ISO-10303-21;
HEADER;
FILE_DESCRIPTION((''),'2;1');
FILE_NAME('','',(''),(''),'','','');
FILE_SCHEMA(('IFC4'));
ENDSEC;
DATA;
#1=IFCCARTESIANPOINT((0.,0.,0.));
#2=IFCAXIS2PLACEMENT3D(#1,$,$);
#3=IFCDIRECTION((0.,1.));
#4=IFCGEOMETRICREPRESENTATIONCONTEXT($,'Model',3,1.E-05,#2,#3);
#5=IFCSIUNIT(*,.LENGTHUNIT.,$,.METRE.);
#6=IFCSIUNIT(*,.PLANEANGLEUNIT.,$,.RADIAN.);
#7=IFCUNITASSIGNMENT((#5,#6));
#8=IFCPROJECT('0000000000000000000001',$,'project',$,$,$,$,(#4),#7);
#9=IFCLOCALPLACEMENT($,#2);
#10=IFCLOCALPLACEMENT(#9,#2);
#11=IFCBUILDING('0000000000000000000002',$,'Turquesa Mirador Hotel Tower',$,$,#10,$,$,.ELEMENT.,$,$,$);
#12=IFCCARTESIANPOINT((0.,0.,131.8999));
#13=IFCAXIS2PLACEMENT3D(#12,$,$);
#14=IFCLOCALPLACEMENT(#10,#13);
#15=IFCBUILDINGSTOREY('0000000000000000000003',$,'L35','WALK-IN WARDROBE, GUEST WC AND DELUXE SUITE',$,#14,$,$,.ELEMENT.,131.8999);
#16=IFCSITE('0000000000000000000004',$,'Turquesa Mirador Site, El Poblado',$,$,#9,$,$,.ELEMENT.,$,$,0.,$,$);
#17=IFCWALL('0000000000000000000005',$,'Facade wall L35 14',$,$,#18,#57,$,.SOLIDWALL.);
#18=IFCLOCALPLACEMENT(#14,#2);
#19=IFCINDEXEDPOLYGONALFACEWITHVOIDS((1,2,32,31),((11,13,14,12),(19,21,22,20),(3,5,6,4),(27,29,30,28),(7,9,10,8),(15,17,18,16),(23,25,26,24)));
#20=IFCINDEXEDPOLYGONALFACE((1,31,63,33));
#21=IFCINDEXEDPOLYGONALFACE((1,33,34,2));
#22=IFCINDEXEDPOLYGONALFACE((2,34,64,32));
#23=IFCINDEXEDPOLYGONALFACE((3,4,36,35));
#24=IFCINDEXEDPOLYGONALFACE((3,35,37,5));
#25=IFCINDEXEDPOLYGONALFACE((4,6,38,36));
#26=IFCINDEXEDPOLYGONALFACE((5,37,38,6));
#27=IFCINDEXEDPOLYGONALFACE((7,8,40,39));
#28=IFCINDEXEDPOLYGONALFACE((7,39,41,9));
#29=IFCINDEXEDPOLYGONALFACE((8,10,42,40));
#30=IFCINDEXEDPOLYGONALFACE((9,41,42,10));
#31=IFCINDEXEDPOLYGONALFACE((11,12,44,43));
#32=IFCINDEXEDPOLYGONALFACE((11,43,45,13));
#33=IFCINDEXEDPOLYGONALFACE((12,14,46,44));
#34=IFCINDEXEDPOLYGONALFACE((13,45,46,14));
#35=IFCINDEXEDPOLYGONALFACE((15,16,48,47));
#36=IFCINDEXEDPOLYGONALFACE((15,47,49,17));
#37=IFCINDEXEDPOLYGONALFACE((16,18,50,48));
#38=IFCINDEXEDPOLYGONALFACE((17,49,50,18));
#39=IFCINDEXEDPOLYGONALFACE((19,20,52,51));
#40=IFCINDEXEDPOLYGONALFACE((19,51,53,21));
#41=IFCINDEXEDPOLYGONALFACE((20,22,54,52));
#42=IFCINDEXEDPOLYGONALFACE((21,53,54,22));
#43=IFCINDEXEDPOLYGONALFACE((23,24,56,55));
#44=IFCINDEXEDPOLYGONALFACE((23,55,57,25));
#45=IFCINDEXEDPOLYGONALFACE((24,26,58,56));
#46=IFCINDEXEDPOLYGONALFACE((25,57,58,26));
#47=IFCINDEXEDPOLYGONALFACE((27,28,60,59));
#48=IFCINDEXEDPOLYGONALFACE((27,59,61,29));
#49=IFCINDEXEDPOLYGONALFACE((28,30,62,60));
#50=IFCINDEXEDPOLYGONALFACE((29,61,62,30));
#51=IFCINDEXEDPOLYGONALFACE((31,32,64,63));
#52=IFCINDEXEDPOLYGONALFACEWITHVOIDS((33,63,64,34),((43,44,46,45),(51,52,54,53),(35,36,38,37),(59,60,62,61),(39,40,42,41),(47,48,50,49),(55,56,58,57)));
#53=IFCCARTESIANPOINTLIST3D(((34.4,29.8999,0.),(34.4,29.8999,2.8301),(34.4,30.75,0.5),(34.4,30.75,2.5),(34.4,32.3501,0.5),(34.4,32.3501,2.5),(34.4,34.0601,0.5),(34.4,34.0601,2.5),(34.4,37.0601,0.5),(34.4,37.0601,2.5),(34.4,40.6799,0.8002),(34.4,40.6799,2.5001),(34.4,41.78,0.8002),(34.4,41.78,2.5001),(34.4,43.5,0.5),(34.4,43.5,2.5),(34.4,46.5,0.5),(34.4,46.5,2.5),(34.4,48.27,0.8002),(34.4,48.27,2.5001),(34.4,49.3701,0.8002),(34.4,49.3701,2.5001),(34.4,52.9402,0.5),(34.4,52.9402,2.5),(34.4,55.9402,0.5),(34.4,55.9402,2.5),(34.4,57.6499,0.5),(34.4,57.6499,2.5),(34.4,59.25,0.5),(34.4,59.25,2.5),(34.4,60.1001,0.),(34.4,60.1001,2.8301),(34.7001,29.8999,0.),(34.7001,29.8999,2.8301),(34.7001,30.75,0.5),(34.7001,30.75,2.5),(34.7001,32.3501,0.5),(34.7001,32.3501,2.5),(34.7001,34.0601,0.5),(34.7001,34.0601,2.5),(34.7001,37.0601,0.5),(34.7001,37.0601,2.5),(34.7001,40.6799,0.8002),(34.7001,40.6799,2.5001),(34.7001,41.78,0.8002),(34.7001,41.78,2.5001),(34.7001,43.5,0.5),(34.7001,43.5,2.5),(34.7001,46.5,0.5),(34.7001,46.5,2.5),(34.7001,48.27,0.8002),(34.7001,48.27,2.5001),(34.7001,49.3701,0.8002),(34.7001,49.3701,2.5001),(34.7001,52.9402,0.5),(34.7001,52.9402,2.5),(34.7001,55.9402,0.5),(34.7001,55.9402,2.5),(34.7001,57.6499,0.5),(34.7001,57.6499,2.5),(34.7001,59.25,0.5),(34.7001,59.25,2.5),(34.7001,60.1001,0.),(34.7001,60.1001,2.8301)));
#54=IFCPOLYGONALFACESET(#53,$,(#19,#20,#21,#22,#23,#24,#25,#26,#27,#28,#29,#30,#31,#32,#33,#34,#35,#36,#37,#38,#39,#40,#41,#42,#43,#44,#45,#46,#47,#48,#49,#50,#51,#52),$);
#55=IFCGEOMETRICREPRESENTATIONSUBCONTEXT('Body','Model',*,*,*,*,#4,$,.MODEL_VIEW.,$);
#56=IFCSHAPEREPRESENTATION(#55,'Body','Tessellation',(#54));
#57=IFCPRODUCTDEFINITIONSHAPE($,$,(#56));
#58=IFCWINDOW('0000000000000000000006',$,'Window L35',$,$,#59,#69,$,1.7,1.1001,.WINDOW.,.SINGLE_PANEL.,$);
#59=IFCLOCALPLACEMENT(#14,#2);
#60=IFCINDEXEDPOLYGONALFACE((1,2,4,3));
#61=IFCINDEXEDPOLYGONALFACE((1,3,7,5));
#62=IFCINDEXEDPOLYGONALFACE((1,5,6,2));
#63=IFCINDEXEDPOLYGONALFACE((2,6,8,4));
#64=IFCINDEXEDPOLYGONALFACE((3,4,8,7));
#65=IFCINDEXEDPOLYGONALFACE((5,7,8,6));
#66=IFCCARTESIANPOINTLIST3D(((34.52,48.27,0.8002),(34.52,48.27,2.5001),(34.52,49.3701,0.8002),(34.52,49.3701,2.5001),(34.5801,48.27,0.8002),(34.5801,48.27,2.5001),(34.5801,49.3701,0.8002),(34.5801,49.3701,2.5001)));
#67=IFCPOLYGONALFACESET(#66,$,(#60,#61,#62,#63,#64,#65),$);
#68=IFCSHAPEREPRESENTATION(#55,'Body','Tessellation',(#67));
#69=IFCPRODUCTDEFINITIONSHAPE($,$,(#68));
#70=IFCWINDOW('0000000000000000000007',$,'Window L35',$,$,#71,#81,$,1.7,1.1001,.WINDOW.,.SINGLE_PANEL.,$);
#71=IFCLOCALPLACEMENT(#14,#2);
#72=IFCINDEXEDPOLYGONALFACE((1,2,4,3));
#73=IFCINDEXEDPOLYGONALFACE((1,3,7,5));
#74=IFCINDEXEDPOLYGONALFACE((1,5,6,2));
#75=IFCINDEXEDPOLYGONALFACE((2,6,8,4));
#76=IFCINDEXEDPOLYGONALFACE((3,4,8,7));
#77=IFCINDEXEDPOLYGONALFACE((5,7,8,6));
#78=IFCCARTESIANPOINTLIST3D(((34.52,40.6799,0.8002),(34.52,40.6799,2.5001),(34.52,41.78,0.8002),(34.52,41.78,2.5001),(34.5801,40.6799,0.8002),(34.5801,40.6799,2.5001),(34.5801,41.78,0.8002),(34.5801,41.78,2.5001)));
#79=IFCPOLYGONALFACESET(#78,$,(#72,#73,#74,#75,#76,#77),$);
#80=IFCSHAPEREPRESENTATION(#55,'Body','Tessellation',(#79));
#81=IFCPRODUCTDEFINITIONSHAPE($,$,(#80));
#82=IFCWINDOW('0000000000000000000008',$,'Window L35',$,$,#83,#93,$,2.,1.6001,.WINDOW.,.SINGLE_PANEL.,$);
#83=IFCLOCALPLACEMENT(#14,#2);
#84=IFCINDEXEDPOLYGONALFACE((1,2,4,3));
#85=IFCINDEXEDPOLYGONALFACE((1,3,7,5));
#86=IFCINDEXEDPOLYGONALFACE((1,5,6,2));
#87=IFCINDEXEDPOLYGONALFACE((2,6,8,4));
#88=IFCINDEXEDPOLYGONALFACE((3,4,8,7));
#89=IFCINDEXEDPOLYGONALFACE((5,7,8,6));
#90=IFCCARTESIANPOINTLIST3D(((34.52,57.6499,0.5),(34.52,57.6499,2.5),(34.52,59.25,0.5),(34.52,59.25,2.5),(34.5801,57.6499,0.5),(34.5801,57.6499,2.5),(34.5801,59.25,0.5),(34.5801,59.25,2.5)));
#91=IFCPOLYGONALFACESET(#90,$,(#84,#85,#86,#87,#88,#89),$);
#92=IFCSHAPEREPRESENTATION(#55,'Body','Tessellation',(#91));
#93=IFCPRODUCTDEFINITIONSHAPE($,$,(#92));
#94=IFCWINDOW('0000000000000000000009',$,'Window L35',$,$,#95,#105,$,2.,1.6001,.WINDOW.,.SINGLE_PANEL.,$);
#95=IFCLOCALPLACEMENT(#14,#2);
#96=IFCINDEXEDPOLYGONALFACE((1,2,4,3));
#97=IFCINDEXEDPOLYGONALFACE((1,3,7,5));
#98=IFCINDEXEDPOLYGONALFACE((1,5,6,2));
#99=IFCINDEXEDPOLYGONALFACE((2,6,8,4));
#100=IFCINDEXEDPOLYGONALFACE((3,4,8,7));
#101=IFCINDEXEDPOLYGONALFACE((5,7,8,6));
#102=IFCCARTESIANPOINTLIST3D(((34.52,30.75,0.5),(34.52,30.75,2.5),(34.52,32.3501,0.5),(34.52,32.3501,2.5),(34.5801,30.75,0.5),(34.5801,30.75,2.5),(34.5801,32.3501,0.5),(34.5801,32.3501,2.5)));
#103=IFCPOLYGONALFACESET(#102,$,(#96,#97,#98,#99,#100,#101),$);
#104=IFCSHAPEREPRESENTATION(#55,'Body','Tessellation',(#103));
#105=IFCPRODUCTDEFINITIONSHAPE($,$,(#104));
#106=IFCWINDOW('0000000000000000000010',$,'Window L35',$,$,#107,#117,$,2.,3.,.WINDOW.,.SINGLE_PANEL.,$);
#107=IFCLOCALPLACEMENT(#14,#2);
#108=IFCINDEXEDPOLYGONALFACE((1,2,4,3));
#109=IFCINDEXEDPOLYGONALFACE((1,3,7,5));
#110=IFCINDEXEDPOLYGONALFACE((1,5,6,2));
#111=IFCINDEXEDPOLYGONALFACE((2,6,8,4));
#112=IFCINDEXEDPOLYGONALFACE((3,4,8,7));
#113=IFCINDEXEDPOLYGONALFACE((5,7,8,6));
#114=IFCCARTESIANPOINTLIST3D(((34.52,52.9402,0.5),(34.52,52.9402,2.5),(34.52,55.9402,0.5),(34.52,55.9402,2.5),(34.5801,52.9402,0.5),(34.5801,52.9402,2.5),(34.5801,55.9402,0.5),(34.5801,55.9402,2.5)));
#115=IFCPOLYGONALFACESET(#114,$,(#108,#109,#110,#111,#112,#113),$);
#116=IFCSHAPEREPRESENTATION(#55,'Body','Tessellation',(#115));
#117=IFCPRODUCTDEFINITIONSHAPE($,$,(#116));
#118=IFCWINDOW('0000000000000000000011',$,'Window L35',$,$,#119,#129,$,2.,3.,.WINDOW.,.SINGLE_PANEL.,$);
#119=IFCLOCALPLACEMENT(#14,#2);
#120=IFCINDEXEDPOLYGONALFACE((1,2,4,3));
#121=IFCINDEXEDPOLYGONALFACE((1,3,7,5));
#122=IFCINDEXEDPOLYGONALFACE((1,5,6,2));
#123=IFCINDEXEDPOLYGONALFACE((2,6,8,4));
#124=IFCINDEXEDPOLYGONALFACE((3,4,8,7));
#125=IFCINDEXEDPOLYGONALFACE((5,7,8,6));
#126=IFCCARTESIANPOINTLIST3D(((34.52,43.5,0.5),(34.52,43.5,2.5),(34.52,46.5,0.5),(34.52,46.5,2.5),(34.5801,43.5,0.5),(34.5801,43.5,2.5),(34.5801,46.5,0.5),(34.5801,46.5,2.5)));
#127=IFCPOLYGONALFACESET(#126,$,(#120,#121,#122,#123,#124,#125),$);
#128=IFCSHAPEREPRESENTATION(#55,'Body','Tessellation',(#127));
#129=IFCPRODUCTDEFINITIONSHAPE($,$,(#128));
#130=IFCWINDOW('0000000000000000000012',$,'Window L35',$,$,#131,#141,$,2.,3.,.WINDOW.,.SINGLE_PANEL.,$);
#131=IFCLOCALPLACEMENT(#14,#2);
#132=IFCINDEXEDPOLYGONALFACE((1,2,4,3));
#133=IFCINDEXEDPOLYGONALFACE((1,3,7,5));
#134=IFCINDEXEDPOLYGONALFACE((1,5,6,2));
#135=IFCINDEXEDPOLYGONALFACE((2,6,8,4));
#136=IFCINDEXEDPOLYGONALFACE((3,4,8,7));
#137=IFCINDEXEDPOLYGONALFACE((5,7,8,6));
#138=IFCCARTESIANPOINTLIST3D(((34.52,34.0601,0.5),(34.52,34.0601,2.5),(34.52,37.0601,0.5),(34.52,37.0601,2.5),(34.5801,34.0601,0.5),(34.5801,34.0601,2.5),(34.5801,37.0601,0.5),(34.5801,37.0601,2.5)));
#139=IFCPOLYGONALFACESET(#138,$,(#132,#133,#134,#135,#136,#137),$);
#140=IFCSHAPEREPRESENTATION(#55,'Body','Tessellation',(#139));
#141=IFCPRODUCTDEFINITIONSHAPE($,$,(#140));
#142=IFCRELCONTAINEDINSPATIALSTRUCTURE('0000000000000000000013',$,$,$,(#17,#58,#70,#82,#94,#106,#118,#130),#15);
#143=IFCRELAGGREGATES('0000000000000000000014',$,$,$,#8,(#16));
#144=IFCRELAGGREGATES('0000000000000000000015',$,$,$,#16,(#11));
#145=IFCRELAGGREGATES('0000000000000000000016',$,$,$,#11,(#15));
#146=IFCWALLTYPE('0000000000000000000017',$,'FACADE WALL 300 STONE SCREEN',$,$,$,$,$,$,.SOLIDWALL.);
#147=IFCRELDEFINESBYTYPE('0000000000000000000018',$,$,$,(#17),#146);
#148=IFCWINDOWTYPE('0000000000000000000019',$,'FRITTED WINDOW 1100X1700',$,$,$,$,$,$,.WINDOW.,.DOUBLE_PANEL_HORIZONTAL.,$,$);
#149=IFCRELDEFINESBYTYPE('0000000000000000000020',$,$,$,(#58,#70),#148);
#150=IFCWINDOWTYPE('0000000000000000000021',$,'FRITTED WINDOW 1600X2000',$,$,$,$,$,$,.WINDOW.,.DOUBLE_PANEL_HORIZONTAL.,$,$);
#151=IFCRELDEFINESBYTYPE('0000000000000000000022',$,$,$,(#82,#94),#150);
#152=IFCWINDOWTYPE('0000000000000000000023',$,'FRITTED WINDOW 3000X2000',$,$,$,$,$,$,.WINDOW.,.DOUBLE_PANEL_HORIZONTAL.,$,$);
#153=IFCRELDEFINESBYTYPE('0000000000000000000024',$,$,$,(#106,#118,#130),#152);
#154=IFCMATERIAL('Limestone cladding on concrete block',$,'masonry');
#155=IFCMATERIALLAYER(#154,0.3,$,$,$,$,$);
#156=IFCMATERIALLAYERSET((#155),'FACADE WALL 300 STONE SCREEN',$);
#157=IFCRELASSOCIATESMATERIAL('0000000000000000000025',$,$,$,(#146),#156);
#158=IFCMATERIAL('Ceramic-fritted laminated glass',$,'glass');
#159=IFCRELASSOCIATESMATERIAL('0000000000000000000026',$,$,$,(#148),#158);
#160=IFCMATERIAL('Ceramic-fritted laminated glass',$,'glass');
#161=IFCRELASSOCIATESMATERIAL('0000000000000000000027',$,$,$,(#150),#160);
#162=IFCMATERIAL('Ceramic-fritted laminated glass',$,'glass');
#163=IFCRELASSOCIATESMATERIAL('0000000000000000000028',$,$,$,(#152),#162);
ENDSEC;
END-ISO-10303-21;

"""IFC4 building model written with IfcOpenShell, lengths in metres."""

from ifc_helpers import new_model, si_unit, direction, frame, frame_2d, origin, place, context, subcontext, project, spatial, rectangle, extrude, material, layer, layer_set, type_object, element, fill, save


model = new_model("IFC4")

# Units and contexts
model_context = context("Model", 3, precision=1e-05, world=origin(), true_north=direction((0.0, 1.0)))
body_context = subcontext(model_context, "Body", "Model", "MODEL_VIEW")
ifc_project = project(units=[si_unit("LENGTHUNIT", "METRE"), si_unit("PLANEANGLEUNIT", "RADIAN")], contexts=[model_context])

# Site, building, storey
site_placement = place(None, origin())
site = spatial("IfcSite", under=ifc_project, at=site_placement, Name="Turquesa Mirador Site, El Poblado", CompositionType="ELEMENT", RefElevation=0.0)
building_placement = place(site_placement, origin())
building = spatial("IfcBuilding", under=site, at=building_placement, Name="Turquesa Mirador Hotel Tower", CompositionType="ELEMENT")
storey_placement = place(building_placement, frame((0.0, 0.0, 131.8999)))
storey = spatial("IfcBuildingStorey", under=building, at=storey_placement, Name="L35", Description="WALK-IN WARDROBE, GUEST WC AND DELUXE SUITE", CompositionType="ELEMENT", Elevation=131.8999)

# Shared definitions
ifc_material_1 = material(Name="Limestone cladding on concrete block", Category="masonry")
ifc_layer = layer(ifc_material_1, 0.3)
ifc_layer_set = layer_set([ifc_layer], Name="FACADE WALL 300 STONE SCREEN")
wall_type = type_object("IfcWallType", Name="FACADE WALL 300 STONE SCREEN", PredefinedType="SOLIDWALL", material=ifc_layer_set)

# Wall, openings, windows
wall_1_placement = place(storey_placement, frame((34.55, 60.1001, 0.0), z_axis=(0.0, 0.0, 1.0), x_axis=(0.0, -1.0, 0.0)))
wall_1 = element("IfcWall", 1, at=wall_1_placement, inside=storey, type_object=wall_type, Name="Facade wall L35 14", PredefinedType="SOLIDWALL", context=body_context, shape_type="SweptSolid", body=[
    extrude(rectangle(XDim=30.2002, YDim=0.3, at=frame_2d((15.1001, 0.0))), origin(), (0.0, 0.0, 1.0), 2.8301),
])
opening_1_placement = place(wall_1_placement, frame((0.8501, 0.0, 0.5)))
opening_1 = element("IfcOpeningElement", 2, at=opening_1_placement, cuts=wall_1, PredefinedType="OPENING", context=body_context, shape_type="SweptSolid", body=[
    extrude(rectangle(XDim=1.6001, YDim=2.0, at=frame_2d((0.8, 1.0))), frame((0.0, 0.1599, 0.0), z_axis=(0.0, -1.0, 0.0), x_axis=(1.0, 0.0, 0.0)), (0.0, 0.0, 1.0), 0.3201),
])
opening_2_placement = place(wall_1_placement, frame((4.1599, 0.0, 0.5)))
opening_2 = element("IfcOpeningElement", 3, at=opening_2_placement, cuts=wall_1, PredefinedType="OPENING", context=body_context, shape_type="SweptSolid", body=[
    extrude(rectangle(XDim=3.0, YDim=2.0, at=frame_2d((1.5, 1.0))), frame((0.0, 0.1599, 0.0), z_axis=(0.0, -1.0, 0.0), x_axis=(1.0, 0.0, 0.0)), (0.0, 0.0, 1.0), 0.3201),
])
opening_3_placement = place(wall_1_placement, frame((10.73, 0.0, 0.8)))
opening_3 = element("IfcOpeningElement", 4, at=opening_3_placement, cuts=wall_1, PredefinedType="OPENING", context=body_context, shape_type="SweptSolid", body=[
    extrude(rectangle(XDim=1.1001, YDim=1.7, at=frame_2d((0.55, 0.8501))), frame((0.0, 0.1599, 0.0), z_axis=(0.0, -1.0, 0.0), x_axis=(1.0, 0.0, 0.0)), (0.0, 0.0, 1.0), 0.3201),
])
opening_4_placement = place(wall_1_placement, frame((13.6001, 0.0, 0.5)))
opening_4 = element("IfcOpeningElement", 5, at=opening_4_placement, cuts=wall_1, PredefinedType="OPENING", context=body_context, shape_type="SweptSolid", body=[
    extrude(rectangle(XDim=3.0, YDim=2.0, at=frame_2d((1.5, 1.0))), frame((0.0, 0.1599, 0.0), z_axis=(0.0, -1.0, 0.0), x_axis=(1.0, 0.0, 0.0)), (0.0, 0.0, 1.0), 0.3201),
])
opening_5_placement = place(wall_1_placement, frame((18.3201, 0.0, 0.8)))
opening_5 = element("IfcOpeningElement", 6, at=opening_5_placement, cuts=wall_1, PredefinedType="OPENING", context=body_context, shape_type="SweptSolid", body=[
    extrude(rectangle(XDim=1.1001, YDim=1.7, at=frame_2d((0.55, 0.8501))), frame((0.0, 0.1599, 0.0), z_axis=(0.0, -1.0, 0.0), x_axis=(1.0, 0.0, 0.0)), (0.0, 0.0, 1.0), 0.3201),
])
opening_6_placement = place(wall_1_placement, frame((23.04, 0.0, 0.5)))
opening_6 = element("IfcOpeningElement", 7, at=opening_6_placement, cuts=wall_1, PredefinedType="OPENING", context=body_context, shape_type="SweptSolid", body=[
    extrude(rectangle(XDim=3.0, YDim=2.0, at=frame_2d((1.5, 1.0))), frame((0.0, 0.1599, 0.0), z_axis=(0.0, -1.0, 0.0), x_axis=(1.0, 0.0, 0.0)), (0.0, 0.0, 1.0), 0.3201),
])
opening_7_placement = place(wall_1_placement, frame((27.75, 0.0, 0.5)))
opening_7 = element("IfcOpeningElement", 8, at=opening_7_placement, cuts=wall_1, PredefinedType="OPENING", context=body_context, shape_type="SweptSolid", body=[
    extrude(rectangle(XDim=1.6001, YDim=2.0, at=frame_2d((0.8, 1.0))), frame((0.0, 0.1599, 0.0), z_axis=(0.0, -1.0, 0.0), x_axis=(1.0, 0.0, 0.0)), (0.0, 0.0, 1.0), 0.3201),
])
ifc_material_2 = material(Name="Ceramic-fritted laminated glass", Category="glass")
window_type_1 = type_object("IfcWindowType", Name="FRITTED WINDOW 1100X1700", PartitioningType="DOUBLE_PANEL_HORIZONTAL", PredefinedType="WINDOW", material=ifc_material_2)
window_1_placement = place(opening_3_placement, origin())
window_1 = element("IfcWindow", 9, at=window_1_placement, inside=storey, type_object=window_type_1, Name="Window L35", OverallHeight=1.7, OverallWidth=1.1001, PartitioningType="SINGLE_PANEL", PredefinedType="WINDOW", context=body_context, shape_type="SweptSolid", body=[
    extrude(rectangle(XDim=1.1001, YDim=1.7, at=frame_2d((0.55, 0.8501))), frame((0.0, 0.03, 0.0), z_axis=(0.0, -1.0, 0.0), x_axis=(1.0, 0.0, 0.0)), (0.0, 0.0, 1.0), 0.0601),
])
fill(opening_3, window_1)
window_2_placement = place(opening_5_placement, origin())
window_2 = element("IfcWindow", 10, at=window_2_placement, inside=storey, type_object=window_type_1, Name="Window L35", OverallHeight=1.7, OverallWidth=1.1001, PartitioningType="SINGLE_PANEL", PredefinedType="WINDOW", context=body_context, shape_type="SweptSolid", body=[
    extrude(rectangle(XDim=1.1001, YDim=1.7, at=frame_2d((0.55, 0.8501))), frame((0.0, 0.03, 0.0), z_axis=(0.0, -1.0, 0.0), x_axis=(1.0, 0.0, 0.0)), (0.0, 0.0, 1.0), 0.0601),
])
fill(opening_5, window_2)
ifc_material_3 = material(Name="Ceramic-fritted laminated glass", Category="glass")
window_type_2 = type_object("IfcWindowType", Name="FRITTED WINDOW 1600X2000", PartitioningType="DOUBLE_PANEL_HORIZONTAL", PredefinedType="WINDOW", material=ifc_material_3)
window_3_placement = place(opening_1_placement, origin())
window_3 = element("IfcWindow", 11, at=window_3_placement, inside=storey, type_object=window_type_2, Name="Window L35", OverallHeight=2.0, OverallWidth=1.6001, PartitioningType="SINGLE_PANEL", PredefinedType="WINDOW", context=body_context, shape_type="SweptSolid", body=[
    extrude(rectangle(XDim=1.6001, YDim=2.0, at=frame_2d((0.8, 1.0))), frame((0.0, 0.03, 0.0), z_axis=(0.0, -1.0, 0.0), x_axis=(1.0, 0.0, 0.0)), (0.0, 0.0, 1.0), 0.0601),
])
fill(opening_1, window_3)
window_4_placement = place(opening_7_placement, origin())
window_4 = element("IfcWindow", 12, at=window_4_placement, inside=storey, type_object=window_type_2, Name="Window L35", OverallHeight=2.0, OverallWidth=1.6001, PartitioningType="SINGLE_PANEL", PredefinedType="WINDOW", context=body_context, shape_type="SweptSolid", body=[
    extrude(rectangle(XDim=1.6001, YDim=2.0, at=frame_2d((0.8, 1.0))), frame((0.0, 0.03, 0.0), z_axis=(0.0, -1.0, 0.0), x_axis=(1.0, 0.0, 0.0)), (0.0, 0.0, 1.0), 0.0601),
])
fill(opening_7, window_4)
ifc_material_4 = material(Name="Ceramic-fritted laminated glass", Category="glass")
window_type_3 = type_object("IfcWindowType", Name="FRITTED WINDOW 3000X2000", PartitioningType="DOUBLE_PANEL_HORIZONTAL", PredefinedType="WINDOW", material=ifc_material_4)
window_5_placement = place(opening_2_placement, origin())
window_5 = element("IfcWindow", 13, at=window_5_placement, inside=storey, type_object=window_type_3, Name="Window L35", OverallHeight=2.0, OverallWidth=3.0, PartitioningType="SINGLE_PANEL", PredefinedType="WINDOW", context=body_context, shape_type="SweptSolid", body=[
    extrude(rectangle(XDim=3.0, YDim=2.0, at=frame_2d((1.5, 1.0))), frame((0.0, 0.03, 0.0), z_axis=(0.0, -1.0, 0.0), x_axis=(1.0, 0.0, 0.0)), (0.0, 0.0, 1.0), 0.0601),
])
fill(opening_2, window_5)
window_6_placement = place(opening_4_placement, origin())
window_6 = element("IfcWindow", 14, at=window_6_placement, inside=storey, type_object=window_type_3, Name="Window L35", OverallHeight=2.0, OverallWidth=3.0, PartitioningType="SINGLE_PANEL", PredefinedType="WINDOW", context=body_context, shape_type="SweptSolid", body=[
    extrude(rectangle(XDim=3.0, YDim=2.0, at=frame_2d((1.5, 1.0))), frame((0.0, 0.03, 0.0), z_axis=(0.0, -1.0, 0.0), x_axis=(1.0, 0.0, 0.0)), (0.0, 0.0, 1.0), 0.0601),
])
fill(opening_4, window_6)
window_7_placement = place(opening_6_placement, origin())
window_7 = element("IfcWindow", 15, at=window_7_placement, inside=storey, type_object=window_type_3, Name="Window L35", OverallHeight=2.0, OverallWidth=3.0, PartitioningType="SINGLE_PANEL", PredefinedType="WINDOW", context=body_context, shape_type="SweptSolid", body=[
    extrude(rectangle(XDim=3.0, YDim=2.0, at=frame_2d((1.5, 1.0))), frame((0.0, 0.03, 0.0), z_axis=(0.0, -1.0, 0.0), x_axis=(1.0, 0.0, 0.0)), (0.0, 0.0, 1.0), 0.0601),
])
fill(opening_6, window_7)

save(model, "model.ifc")
